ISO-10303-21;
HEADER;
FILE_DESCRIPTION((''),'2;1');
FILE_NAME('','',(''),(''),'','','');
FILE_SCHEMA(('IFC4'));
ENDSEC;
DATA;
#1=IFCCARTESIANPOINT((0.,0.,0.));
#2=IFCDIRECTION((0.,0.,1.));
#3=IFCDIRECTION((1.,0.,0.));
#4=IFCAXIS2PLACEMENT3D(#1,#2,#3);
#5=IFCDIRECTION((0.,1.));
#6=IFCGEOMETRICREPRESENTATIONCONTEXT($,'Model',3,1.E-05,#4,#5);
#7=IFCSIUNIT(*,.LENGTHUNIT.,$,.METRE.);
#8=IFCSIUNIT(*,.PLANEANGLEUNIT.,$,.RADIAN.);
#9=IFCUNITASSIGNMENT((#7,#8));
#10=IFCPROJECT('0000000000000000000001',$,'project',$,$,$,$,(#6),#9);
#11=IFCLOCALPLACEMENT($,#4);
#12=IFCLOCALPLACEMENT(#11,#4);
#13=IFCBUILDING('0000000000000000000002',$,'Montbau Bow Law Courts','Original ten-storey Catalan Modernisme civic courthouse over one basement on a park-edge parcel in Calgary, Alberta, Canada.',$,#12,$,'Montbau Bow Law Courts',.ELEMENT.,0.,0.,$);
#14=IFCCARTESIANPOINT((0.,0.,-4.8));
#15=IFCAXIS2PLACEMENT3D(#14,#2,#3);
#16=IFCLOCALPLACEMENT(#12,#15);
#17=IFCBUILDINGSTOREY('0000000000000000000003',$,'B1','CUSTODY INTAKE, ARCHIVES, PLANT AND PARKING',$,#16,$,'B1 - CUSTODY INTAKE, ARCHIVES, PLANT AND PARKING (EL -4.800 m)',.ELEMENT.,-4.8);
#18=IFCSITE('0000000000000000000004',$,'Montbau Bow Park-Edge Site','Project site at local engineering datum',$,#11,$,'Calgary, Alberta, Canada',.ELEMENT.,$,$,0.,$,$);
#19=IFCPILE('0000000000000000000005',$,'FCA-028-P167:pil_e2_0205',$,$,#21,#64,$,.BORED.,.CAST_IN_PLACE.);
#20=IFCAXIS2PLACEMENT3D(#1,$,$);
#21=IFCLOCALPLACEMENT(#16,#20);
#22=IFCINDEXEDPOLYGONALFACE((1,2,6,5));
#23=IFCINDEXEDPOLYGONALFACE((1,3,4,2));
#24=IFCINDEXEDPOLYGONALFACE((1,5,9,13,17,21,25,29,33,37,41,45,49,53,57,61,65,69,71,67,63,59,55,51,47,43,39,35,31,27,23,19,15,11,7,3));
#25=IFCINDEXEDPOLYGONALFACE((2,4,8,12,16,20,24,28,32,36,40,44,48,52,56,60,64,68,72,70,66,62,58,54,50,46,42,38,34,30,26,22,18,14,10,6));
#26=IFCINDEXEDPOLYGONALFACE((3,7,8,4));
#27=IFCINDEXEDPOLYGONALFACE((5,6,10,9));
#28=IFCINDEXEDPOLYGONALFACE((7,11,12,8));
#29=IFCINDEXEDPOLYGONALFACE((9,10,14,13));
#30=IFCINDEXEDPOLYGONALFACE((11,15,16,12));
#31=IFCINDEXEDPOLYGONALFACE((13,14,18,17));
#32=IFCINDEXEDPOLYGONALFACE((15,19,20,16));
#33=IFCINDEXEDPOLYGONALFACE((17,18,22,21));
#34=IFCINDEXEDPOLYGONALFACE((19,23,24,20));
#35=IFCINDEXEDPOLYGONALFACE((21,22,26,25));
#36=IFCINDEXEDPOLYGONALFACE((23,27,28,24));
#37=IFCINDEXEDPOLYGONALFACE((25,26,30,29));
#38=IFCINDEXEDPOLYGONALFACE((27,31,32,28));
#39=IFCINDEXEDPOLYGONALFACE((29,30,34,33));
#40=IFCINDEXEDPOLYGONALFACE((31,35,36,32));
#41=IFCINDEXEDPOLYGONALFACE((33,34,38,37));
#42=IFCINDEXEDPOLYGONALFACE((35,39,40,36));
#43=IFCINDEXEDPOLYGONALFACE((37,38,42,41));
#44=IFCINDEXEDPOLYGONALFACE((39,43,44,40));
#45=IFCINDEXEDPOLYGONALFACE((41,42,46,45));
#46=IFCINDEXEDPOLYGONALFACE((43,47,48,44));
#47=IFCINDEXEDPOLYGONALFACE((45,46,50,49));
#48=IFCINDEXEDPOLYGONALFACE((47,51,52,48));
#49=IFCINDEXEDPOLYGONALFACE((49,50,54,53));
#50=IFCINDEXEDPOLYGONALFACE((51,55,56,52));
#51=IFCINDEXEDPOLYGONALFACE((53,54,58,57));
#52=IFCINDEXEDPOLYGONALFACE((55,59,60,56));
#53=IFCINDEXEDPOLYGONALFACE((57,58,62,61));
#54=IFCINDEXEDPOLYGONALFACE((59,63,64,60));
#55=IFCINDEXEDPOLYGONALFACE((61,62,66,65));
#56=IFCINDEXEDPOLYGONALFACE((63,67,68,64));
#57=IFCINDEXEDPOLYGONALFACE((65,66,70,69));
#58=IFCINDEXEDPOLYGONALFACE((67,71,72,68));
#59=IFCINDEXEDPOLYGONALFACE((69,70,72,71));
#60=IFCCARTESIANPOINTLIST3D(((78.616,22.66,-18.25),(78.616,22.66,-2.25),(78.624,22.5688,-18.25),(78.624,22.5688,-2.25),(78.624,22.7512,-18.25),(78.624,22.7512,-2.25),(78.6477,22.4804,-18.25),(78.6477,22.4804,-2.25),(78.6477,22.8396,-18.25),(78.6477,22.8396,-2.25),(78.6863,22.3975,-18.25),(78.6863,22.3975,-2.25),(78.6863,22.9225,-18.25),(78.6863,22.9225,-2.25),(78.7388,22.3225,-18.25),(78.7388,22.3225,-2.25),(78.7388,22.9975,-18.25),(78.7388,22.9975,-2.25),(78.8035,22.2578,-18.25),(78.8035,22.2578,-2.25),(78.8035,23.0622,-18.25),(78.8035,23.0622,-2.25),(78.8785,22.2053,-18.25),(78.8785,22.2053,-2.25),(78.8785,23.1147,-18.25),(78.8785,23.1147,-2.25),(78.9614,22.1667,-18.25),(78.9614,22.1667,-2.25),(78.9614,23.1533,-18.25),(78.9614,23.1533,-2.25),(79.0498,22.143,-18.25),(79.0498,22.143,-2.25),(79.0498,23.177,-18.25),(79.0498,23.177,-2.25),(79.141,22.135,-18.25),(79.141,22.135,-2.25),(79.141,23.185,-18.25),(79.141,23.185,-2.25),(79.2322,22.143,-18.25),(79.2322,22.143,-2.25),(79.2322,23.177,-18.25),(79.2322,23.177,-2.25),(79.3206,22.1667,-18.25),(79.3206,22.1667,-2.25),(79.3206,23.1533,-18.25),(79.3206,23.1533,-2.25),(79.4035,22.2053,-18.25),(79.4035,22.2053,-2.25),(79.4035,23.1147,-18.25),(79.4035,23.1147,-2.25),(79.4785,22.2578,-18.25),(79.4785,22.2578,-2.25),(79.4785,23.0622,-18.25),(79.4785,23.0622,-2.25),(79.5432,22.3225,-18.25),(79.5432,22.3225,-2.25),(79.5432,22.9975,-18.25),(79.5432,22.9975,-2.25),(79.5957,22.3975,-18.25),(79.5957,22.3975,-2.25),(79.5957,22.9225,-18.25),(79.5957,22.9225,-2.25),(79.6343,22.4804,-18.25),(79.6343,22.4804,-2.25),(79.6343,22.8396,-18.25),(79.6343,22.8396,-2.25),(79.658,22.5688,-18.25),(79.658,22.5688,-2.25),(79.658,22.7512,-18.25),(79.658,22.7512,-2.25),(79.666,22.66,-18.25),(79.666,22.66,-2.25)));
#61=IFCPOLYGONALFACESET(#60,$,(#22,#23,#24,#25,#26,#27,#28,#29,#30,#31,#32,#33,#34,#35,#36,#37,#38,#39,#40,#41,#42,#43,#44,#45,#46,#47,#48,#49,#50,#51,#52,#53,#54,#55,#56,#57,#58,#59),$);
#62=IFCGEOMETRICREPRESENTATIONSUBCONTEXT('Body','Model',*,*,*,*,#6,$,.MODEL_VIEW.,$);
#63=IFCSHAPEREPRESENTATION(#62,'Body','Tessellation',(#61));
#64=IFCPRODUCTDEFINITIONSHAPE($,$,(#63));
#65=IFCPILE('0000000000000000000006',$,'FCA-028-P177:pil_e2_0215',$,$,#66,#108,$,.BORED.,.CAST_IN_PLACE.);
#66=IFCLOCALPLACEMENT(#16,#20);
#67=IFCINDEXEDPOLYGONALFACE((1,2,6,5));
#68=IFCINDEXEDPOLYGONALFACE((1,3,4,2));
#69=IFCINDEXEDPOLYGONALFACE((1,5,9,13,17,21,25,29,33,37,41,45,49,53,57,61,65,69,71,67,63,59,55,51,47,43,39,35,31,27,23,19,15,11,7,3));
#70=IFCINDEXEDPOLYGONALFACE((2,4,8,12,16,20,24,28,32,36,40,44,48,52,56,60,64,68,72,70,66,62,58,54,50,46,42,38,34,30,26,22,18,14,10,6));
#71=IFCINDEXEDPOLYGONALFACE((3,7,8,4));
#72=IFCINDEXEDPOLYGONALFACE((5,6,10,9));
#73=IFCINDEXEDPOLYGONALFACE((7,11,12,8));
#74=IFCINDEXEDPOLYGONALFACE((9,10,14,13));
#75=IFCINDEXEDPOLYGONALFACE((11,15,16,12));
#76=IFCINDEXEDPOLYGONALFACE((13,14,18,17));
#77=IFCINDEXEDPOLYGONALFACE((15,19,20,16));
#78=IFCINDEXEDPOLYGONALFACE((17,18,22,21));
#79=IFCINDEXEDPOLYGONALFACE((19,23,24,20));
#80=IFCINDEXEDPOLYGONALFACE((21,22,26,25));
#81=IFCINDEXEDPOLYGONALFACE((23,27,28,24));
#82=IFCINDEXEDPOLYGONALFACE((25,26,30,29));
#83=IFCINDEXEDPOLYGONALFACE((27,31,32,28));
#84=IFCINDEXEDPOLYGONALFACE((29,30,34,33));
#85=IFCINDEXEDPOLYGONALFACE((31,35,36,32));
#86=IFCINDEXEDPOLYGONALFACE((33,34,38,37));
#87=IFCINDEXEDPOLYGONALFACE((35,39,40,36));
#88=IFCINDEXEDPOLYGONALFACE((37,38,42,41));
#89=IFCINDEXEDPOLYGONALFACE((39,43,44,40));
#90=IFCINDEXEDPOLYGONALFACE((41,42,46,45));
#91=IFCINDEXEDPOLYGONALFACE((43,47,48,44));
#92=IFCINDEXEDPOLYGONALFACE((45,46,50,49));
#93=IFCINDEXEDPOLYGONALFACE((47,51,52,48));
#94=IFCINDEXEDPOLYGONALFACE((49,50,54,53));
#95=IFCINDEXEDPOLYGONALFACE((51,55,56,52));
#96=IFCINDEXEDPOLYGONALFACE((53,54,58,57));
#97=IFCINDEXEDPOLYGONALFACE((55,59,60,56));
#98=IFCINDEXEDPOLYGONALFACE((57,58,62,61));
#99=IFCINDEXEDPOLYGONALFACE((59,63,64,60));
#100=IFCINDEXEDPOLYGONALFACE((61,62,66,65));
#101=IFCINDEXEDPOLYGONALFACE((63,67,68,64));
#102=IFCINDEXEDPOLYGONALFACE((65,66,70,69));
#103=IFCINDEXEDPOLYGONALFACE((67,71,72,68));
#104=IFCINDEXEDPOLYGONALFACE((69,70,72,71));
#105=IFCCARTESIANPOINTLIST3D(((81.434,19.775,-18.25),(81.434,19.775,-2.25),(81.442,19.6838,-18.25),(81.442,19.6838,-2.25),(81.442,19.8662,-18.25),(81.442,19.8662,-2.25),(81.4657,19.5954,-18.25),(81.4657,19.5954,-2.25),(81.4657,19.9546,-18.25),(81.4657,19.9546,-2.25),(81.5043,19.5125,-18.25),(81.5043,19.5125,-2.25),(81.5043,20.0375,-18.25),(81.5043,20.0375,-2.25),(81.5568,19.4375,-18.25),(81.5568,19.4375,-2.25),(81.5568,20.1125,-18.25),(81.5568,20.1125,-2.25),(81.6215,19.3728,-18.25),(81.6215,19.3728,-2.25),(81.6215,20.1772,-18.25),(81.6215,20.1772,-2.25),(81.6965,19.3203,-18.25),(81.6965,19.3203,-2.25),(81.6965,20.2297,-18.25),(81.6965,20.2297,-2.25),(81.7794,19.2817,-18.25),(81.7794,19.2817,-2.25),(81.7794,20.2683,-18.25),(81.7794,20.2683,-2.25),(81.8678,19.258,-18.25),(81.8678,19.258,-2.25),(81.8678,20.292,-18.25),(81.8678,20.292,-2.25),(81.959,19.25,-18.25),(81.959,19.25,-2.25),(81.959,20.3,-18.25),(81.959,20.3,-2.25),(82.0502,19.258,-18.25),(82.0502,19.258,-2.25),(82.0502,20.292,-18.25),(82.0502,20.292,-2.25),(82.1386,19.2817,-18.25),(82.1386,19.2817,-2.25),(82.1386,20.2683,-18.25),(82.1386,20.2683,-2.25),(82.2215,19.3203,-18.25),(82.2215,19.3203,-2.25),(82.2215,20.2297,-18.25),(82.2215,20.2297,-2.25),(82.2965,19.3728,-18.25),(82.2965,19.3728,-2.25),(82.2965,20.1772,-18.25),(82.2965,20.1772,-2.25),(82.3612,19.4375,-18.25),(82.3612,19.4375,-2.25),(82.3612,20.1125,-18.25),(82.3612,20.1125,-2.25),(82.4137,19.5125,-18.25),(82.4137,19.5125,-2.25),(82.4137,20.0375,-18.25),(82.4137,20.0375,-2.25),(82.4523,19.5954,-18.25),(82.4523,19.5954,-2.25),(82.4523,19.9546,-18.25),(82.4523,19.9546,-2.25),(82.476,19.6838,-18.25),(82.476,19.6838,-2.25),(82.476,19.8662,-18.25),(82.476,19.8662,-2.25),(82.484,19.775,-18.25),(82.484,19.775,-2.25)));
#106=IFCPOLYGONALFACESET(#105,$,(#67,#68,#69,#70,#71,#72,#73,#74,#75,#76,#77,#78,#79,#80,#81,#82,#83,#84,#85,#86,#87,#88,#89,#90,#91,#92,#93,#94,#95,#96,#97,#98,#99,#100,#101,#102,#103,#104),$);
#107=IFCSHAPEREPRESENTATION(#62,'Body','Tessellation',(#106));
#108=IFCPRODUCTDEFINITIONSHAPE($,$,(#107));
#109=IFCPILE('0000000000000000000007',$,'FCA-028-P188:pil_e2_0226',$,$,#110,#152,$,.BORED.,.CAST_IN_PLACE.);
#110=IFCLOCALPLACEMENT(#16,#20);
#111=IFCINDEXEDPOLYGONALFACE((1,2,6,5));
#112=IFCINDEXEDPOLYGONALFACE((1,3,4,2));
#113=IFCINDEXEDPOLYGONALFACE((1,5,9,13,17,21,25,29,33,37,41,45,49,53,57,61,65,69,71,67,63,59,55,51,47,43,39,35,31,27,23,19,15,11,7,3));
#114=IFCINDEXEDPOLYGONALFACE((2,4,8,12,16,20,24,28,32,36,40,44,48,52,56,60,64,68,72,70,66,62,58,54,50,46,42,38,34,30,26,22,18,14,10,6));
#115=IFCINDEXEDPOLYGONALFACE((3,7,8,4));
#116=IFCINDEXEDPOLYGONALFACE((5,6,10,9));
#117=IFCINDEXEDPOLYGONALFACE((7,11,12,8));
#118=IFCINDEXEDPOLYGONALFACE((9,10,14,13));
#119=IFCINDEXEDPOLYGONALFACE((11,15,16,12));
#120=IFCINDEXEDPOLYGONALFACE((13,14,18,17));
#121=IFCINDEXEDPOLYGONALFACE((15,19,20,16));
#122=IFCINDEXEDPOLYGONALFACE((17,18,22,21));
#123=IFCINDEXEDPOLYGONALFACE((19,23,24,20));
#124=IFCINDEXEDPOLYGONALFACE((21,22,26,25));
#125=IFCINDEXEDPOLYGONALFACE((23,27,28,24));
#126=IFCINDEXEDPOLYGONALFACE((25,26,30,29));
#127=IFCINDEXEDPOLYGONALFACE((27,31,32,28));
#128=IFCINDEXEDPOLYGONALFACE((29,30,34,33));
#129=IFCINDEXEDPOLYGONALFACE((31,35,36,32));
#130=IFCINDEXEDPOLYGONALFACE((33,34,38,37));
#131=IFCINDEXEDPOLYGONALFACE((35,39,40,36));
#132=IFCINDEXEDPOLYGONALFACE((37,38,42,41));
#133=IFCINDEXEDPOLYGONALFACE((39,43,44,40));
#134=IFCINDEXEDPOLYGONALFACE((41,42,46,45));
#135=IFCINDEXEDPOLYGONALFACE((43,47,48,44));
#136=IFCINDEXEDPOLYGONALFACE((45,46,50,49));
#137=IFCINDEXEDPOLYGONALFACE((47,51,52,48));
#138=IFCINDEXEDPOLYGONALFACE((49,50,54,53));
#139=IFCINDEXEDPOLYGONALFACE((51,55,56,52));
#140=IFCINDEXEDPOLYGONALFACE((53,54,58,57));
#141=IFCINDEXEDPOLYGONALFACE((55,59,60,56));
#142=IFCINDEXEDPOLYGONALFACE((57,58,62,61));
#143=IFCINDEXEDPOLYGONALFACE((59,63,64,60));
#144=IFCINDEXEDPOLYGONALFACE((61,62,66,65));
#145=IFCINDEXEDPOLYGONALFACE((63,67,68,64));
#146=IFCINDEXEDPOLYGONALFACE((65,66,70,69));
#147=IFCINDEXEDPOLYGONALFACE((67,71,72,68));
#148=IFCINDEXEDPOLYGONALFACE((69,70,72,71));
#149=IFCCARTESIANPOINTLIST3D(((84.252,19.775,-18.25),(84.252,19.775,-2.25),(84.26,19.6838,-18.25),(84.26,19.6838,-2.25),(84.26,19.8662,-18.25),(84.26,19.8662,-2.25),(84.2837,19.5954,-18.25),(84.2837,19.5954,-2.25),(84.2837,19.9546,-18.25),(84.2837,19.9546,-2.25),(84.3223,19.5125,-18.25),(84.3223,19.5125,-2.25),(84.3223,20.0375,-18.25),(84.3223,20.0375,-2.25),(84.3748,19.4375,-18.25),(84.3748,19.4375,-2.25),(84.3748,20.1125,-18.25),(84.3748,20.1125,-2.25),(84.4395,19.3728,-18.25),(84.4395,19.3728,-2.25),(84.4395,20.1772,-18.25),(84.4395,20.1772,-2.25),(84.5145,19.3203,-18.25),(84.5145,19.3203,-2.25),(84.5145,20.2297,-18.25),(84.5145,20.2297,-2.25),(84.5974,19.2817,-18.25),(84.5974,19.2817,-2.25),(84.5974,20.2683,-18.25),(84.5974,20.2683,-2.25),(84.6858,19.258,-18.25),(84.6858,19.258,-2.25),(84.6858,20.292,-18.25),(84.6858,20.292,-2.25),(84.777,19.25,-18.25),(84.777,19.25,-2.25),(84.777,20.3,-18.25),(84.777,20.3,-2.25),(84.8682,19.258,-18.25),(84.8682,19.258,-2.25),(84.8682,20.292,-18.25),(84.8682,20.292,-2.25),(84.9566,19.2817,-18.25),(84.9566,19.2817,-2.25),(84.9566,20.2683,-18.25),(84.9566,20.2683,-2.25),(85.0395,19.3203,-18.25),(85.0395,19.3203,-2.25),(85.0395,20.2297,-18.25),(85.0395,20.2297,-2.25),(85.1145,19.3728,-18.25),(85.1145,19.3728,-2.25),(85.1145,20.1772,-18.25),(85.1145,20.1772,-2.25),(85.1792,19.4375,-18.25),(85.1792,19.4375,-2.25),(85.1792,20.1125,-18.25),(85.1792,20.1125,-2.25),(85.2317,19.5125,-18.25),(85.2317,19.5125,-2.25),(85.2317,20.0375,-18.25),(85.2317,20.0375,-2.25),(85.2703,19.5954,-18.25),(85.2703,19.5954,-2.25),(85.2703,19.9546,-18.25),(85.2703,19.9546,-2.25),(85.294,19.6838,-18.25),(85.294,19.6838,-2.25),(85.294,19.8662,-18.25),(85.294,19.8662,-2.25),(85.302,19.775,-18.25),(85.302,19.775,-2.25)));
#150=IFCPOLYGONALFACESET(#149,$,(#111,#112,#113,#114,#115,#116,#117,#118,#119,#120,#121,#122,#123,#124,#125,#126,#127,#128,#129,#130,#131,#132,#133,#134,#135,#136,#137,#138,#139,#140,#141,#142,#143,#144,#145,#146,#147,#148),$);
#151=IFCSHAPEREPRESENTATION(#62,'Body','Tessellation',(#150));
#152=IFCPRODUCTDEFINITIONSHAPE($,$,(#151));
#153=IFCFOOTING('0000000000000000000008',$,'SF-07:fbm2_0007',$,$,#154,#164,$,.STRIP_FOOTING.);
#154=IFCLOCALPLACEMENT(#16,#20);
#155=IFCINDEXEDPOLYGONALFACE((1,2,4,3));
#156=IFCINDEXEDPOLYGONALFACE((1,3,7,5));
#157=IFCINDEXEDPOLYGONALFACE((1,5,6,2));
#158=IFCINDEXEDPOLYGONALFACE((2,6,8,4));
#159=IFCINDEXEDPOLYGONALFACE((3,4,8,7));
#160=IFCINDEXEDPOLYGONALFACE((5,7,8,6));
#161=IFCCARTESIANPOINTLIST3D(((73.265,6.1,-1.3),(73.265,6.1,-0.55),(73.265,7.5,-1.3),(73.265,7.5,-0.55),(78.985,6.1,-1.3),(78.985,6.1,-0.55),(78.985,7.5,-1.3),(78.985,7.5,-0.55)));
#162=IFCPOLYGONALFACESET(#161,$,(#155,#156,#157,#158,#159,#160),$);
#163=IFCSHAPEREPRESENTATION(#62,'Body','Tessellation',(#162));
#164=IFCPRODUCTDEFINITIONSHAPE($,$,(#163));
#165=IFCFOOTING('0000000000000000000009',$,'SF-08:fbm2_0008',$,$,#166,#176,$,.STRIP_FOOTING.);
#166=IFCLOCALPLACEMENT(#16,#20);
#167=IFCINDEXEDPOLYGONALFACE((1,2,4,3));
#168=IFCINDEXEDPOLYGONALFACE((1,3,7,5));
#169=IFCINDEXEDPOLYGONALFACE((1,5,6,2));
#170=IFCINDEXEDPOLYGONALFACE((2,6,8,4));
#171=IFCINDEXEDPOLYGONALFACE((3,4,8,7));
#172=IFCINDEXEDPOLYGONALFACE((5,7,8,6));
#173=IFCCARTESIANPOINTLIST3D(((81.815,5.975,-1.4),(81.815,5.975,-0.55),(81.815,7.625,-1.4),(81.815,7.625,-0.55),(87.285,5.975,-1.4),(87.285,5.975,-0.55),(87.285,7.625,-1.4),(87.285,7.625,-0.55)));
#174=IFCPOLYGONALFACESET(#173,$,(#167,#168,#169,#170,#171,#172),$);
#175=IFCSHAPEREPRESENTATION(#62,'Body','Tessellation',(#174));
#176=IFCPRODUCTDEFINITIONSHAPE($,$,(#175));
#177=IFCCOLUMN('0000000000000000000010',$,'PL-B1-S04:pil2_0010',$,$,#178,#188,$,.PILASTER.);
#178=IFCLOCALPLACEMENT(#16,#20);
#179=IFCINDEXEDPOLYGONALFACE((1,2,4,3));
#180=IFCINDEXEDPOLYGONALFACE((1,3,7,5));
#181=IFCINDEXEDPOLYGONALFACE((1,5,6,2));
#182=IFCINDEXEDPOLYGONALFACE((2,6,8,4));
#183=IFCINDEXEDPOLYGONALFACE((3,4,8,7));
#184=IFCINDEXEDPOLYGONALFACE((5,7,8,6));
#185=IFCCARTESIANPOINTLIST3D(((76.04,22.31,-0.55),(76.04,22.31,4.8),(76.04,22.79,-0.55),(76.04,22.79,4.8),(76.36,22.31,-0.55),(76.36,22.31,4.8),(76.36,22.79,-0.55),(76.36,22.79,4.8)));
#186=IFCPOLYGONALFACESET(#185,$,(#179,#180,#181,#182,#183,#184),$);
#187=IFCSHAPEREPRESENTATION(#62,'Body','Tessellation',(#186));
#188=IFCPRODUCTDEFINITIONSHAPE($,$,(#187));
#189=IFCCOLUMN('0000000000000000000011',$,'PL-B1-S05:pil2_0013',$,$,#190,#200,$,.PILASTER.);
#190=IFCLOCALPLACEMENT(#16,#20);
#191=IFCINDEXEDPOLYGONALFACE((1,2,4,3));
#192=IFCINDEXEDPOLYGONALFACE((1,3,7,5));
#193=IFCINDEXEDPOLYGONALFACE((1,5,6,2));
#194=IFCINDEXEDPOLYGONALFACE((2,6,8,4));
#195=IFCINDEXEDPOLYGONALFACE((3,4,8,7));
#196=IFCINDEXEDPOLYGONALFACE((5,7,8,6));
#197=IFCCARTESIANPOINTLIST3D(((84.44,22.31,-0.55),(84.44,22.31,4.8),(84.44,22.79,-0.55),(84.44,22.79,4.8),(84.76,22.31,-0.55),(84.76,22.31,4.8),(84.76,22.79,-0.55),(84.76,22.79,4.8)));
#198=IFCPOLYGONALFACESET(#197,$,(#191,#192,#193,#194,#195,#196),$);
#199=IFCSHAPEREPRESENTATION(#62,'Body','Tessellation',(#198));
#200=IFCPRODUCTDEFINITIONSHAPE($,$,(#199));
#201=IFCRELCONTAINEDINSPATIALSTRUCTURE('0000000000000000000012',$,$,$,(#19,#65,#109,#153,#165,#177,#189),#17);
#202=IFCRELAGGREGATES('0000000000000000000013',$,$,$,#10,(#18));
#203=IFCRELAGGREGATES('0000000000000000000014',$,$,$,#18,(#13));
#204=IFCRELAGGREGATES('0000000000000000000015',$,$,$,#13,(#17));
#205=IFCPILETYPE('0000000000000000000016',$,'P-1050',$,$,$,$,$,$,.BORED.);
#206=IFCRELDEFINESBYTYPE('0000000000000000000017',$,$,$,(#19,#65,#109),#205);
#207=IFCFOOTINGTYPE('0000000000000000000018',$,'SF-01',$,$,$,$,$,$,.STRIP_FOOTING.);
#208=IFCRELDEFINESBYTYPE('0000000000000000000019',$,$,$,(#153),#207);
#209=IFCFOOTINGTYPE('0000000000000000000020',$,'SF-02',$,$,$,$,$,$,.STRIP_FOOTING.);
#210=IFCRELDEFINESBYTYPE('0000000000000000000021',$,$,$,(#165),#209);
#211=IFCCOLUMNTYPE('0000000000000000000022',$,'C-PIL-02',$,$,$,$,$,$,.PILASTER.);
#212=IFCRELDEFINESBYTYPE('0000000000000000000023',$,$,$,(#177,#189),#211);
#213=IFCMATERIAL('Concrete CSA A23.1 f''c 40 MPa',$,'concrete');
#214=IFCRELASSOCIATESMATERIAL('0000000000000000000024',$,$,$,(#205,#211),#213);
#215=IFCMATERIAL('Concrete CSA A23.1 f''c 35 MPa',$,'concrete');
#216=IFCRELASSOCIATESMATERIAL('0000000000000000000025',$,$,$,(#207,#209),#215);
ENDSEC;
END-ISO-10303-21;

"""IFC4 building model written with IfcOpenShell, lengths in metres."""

from ifc_helpers import new_model, si_unit, direction, frame, origin_with_axes, origin_2d_with_axis, place, context, subcontext, project, spatial, rectangle, circle, extrude, material, material_profile, profile_set, type_object, element, save


model = new_model("IFC4")

# Units and contexts
model_context = context("Model", 3, precision=1e-05, world=origin_with_axes(), true_north=direction((0.0, 1.0)))
body_context = subcontext(model_context, "Body", "Model", "MODEL_VIEW")
ifc_project = project(units=[si_unit("LENGTHUNIT", "METRE"), si_unit("PLANEANGLEUNIT", "RADIAN")], contexts=[model_context])

# Site, building, storey
site_placement = place(None, origin_with_axes())
site = spatial("IfcSite", under=ifc_project, at=site_placement, Name="Montbau Bow Park-Edge Site", Description="Project site at local engineering datum", LongName="Calgary, Alberta, Canada", CompositionType="ELEMENT", RefElevation=0.0)
building_placement = place(site_placement, origin_with_axes())
building = spatial("IfcBuilding", under=site, at=building_placement, Name="Montbau Bow Law Courts", Description="Original ten-storey Catalan Modernisme civic courthouse over one basement on a park-edge parcel in Calgary, Alberta, Canada.", LongName="Montbau Bow Law Courts", CompositionType="ELEMENT", ElevationOfRefHeight=0.0, ElevationOfTerrain=0.0)
storey_placement = place(building_placement, frame((0.0, 0.0, -4.8), z_axis=(0.0, 0.0, 1.0), x_axis=(1.0, 0.0, 0.0)))
storey = spatial("IfcBuildingStorey", under=building, at=storey_placement, Name="B1", Description="CUSTODY INTAKE, ARCHIVES, PLANT AND PARKING", LongName="B1 - CUSTODY INTAKE, ARCHIVES, PLANT AND PARKING (EL -4.800 m)", CompositionType="ELEMENT", Elevation=-4.8)

# Shared definitions
ifc_material_1 = material(Name="Concrete CSA A23.1 f'c 35 MPa", Category="concrete")

# Piles
ifc_material_2 = material(Name="Concrete CSA A23.1 f'c 40 MPa", Category="concrete")
ifc_material_profile_1 = material_profile(ifc_material_2, circle(Radius=0.525, at=origin_2d_with_axis()), Name="BP1050", Category="Main", Priority=0)
ifc_profile_set_1 = profile_set([ifc_material_profile_1], Name="Concrete CSA A23.1 f'c 40 MPa")
pile_type_1 = type_object("IfcPileType", Name="P-1050", PredefinedType="BORED", material=ifc_profile_set_1)
for number, where, z_axis, x_axis, name in (
    (1, (79.141, 22.66, -23.05), (0.0, 0.0, 1.0), (1.0, 0.0, 0.0), "FCA-028-P167:pil_e2_0205"),
    (2, (81.959, 19.775, -23.05), (0.0, 0.0, 1.0), (1.0, 0.0, 0.0), "FCA-028-P177:pil_e2_0215"),
    (3, (84.777, 19.775, -23.05), (0.0, 0.0, 1.0), (1.0, 0.0, 0.0), "FCA-028-P188:pil_e2_0226"),
):
    element("IfcPile", number, at=place(None, frame(where, z_axis=z_axis, x_axis=x_axis)), inside=storey, type_object=pile_type_1, Name=name, ConstructionType="CAST_IN_PLACE", PredefinedType="BORED", context=body_context, shape_type="SweptSolid", body=[
        extrude(circle(Radius=0.525, at=origin_2d_with_axis()), origin_with_axes(), (0.0, 0.0, 1.0), 16.0),
    ])

# Footings
footing_type_1 = type_object("IfcFootingType", Name="SF-01", PredefinedType="STRIP_FOOTING", material=ifc_material_1)
footing_1_placement = place(None, frame((76.125, 6.8, -6.1), z_axis=(0.0, 0.0, 1.0), x_axis=(1.0, 0.0, 0.0)))
element("IfcFooting", 4, at=footing_1_placement, inside=storey, type_object=footing_type_1, Name="SF-07:fbm2_0007", PredefinedType="STRIP_FOOTING", context=body_context, shape_type="SweptSolid", body=[
    extrude(rectangle(XDim=5.72, YDim=1.4, at=origin_2d_with_axis()), origin_with_axes(), (0.0, 0.0, 1.0), 0.75),
])
footing_type_2 = type_object("IfcFootingType", Name="SF-02", PredefinedType="STRIP_FOOTING", material=ifc_material_1)
footing_2_placement = place(None, frame((84.55, 6.8, -6.2), z_axis=(0.0, 0.0, 1.0), x_axis=(1.0, 0.0, 0.0)))
element("IfcFooting", 5, at=footing_2_placement, inside=storey, type_object=footing_type_2, Name="SF-08:fbm2_0008", PredefinedType="STRIP_FOOTING", context=body_context, shape_type="SweptSolid", body=[
    extrude(rectangle(XDim=5.47, YDim=1.65, at=origin_2d_with_axis()), origin_with_axes(), (0.0, 0.0, 1.0), 0.85),
])

# Columns
ifc_material_profile_2 = material_profile(ifc_material_2, rectangle(XDim=0.32, YDim=0.48, at=origin_2d_with_axis()), Name="RC480X320", Category="Main", Priority=0)
ifc_profile_set_2 = profile_set([ifc_material_profile_2], Name="Concrete CSA A23.1 f'c 40 MPa")
column_type_1 = type_object("IfcColumnType", Name="C-PIL-02", PredefinedType="PILASTER", material=ifc_profile_set_2)
for number, where, z_axis, x_axis, name in (
    (6, (76.2, 22.55, -5.35), (0.0, 0.0, 1.0), (1.0, 0.0, 0.0), "PL-B1-S04:pil2_0010"),
    (7, (84.6, 22.55, -5.35), (0.0, 0.0, 1.0), (1.0, 0.0, 0.0), "PL-B1-S05:pil2_0013"),
):
    element("IfcColumn", number, at=place(None, frame(where, z_axis=z_axis, x_axis=x_axis)), inside=storey, type_object=column_type_1, Name=name, PredefinedType="PILASTER", context=body_context, shape_type="SweptSolid", body=[
        extrude(rectangle(XDim=0.32, YDim=0.48, at=origin_2d_with_axis()), origin_with_axes(), (0.0, 0.0, 1.0), 5.35),
    ])

save(model, "model.ifc")
